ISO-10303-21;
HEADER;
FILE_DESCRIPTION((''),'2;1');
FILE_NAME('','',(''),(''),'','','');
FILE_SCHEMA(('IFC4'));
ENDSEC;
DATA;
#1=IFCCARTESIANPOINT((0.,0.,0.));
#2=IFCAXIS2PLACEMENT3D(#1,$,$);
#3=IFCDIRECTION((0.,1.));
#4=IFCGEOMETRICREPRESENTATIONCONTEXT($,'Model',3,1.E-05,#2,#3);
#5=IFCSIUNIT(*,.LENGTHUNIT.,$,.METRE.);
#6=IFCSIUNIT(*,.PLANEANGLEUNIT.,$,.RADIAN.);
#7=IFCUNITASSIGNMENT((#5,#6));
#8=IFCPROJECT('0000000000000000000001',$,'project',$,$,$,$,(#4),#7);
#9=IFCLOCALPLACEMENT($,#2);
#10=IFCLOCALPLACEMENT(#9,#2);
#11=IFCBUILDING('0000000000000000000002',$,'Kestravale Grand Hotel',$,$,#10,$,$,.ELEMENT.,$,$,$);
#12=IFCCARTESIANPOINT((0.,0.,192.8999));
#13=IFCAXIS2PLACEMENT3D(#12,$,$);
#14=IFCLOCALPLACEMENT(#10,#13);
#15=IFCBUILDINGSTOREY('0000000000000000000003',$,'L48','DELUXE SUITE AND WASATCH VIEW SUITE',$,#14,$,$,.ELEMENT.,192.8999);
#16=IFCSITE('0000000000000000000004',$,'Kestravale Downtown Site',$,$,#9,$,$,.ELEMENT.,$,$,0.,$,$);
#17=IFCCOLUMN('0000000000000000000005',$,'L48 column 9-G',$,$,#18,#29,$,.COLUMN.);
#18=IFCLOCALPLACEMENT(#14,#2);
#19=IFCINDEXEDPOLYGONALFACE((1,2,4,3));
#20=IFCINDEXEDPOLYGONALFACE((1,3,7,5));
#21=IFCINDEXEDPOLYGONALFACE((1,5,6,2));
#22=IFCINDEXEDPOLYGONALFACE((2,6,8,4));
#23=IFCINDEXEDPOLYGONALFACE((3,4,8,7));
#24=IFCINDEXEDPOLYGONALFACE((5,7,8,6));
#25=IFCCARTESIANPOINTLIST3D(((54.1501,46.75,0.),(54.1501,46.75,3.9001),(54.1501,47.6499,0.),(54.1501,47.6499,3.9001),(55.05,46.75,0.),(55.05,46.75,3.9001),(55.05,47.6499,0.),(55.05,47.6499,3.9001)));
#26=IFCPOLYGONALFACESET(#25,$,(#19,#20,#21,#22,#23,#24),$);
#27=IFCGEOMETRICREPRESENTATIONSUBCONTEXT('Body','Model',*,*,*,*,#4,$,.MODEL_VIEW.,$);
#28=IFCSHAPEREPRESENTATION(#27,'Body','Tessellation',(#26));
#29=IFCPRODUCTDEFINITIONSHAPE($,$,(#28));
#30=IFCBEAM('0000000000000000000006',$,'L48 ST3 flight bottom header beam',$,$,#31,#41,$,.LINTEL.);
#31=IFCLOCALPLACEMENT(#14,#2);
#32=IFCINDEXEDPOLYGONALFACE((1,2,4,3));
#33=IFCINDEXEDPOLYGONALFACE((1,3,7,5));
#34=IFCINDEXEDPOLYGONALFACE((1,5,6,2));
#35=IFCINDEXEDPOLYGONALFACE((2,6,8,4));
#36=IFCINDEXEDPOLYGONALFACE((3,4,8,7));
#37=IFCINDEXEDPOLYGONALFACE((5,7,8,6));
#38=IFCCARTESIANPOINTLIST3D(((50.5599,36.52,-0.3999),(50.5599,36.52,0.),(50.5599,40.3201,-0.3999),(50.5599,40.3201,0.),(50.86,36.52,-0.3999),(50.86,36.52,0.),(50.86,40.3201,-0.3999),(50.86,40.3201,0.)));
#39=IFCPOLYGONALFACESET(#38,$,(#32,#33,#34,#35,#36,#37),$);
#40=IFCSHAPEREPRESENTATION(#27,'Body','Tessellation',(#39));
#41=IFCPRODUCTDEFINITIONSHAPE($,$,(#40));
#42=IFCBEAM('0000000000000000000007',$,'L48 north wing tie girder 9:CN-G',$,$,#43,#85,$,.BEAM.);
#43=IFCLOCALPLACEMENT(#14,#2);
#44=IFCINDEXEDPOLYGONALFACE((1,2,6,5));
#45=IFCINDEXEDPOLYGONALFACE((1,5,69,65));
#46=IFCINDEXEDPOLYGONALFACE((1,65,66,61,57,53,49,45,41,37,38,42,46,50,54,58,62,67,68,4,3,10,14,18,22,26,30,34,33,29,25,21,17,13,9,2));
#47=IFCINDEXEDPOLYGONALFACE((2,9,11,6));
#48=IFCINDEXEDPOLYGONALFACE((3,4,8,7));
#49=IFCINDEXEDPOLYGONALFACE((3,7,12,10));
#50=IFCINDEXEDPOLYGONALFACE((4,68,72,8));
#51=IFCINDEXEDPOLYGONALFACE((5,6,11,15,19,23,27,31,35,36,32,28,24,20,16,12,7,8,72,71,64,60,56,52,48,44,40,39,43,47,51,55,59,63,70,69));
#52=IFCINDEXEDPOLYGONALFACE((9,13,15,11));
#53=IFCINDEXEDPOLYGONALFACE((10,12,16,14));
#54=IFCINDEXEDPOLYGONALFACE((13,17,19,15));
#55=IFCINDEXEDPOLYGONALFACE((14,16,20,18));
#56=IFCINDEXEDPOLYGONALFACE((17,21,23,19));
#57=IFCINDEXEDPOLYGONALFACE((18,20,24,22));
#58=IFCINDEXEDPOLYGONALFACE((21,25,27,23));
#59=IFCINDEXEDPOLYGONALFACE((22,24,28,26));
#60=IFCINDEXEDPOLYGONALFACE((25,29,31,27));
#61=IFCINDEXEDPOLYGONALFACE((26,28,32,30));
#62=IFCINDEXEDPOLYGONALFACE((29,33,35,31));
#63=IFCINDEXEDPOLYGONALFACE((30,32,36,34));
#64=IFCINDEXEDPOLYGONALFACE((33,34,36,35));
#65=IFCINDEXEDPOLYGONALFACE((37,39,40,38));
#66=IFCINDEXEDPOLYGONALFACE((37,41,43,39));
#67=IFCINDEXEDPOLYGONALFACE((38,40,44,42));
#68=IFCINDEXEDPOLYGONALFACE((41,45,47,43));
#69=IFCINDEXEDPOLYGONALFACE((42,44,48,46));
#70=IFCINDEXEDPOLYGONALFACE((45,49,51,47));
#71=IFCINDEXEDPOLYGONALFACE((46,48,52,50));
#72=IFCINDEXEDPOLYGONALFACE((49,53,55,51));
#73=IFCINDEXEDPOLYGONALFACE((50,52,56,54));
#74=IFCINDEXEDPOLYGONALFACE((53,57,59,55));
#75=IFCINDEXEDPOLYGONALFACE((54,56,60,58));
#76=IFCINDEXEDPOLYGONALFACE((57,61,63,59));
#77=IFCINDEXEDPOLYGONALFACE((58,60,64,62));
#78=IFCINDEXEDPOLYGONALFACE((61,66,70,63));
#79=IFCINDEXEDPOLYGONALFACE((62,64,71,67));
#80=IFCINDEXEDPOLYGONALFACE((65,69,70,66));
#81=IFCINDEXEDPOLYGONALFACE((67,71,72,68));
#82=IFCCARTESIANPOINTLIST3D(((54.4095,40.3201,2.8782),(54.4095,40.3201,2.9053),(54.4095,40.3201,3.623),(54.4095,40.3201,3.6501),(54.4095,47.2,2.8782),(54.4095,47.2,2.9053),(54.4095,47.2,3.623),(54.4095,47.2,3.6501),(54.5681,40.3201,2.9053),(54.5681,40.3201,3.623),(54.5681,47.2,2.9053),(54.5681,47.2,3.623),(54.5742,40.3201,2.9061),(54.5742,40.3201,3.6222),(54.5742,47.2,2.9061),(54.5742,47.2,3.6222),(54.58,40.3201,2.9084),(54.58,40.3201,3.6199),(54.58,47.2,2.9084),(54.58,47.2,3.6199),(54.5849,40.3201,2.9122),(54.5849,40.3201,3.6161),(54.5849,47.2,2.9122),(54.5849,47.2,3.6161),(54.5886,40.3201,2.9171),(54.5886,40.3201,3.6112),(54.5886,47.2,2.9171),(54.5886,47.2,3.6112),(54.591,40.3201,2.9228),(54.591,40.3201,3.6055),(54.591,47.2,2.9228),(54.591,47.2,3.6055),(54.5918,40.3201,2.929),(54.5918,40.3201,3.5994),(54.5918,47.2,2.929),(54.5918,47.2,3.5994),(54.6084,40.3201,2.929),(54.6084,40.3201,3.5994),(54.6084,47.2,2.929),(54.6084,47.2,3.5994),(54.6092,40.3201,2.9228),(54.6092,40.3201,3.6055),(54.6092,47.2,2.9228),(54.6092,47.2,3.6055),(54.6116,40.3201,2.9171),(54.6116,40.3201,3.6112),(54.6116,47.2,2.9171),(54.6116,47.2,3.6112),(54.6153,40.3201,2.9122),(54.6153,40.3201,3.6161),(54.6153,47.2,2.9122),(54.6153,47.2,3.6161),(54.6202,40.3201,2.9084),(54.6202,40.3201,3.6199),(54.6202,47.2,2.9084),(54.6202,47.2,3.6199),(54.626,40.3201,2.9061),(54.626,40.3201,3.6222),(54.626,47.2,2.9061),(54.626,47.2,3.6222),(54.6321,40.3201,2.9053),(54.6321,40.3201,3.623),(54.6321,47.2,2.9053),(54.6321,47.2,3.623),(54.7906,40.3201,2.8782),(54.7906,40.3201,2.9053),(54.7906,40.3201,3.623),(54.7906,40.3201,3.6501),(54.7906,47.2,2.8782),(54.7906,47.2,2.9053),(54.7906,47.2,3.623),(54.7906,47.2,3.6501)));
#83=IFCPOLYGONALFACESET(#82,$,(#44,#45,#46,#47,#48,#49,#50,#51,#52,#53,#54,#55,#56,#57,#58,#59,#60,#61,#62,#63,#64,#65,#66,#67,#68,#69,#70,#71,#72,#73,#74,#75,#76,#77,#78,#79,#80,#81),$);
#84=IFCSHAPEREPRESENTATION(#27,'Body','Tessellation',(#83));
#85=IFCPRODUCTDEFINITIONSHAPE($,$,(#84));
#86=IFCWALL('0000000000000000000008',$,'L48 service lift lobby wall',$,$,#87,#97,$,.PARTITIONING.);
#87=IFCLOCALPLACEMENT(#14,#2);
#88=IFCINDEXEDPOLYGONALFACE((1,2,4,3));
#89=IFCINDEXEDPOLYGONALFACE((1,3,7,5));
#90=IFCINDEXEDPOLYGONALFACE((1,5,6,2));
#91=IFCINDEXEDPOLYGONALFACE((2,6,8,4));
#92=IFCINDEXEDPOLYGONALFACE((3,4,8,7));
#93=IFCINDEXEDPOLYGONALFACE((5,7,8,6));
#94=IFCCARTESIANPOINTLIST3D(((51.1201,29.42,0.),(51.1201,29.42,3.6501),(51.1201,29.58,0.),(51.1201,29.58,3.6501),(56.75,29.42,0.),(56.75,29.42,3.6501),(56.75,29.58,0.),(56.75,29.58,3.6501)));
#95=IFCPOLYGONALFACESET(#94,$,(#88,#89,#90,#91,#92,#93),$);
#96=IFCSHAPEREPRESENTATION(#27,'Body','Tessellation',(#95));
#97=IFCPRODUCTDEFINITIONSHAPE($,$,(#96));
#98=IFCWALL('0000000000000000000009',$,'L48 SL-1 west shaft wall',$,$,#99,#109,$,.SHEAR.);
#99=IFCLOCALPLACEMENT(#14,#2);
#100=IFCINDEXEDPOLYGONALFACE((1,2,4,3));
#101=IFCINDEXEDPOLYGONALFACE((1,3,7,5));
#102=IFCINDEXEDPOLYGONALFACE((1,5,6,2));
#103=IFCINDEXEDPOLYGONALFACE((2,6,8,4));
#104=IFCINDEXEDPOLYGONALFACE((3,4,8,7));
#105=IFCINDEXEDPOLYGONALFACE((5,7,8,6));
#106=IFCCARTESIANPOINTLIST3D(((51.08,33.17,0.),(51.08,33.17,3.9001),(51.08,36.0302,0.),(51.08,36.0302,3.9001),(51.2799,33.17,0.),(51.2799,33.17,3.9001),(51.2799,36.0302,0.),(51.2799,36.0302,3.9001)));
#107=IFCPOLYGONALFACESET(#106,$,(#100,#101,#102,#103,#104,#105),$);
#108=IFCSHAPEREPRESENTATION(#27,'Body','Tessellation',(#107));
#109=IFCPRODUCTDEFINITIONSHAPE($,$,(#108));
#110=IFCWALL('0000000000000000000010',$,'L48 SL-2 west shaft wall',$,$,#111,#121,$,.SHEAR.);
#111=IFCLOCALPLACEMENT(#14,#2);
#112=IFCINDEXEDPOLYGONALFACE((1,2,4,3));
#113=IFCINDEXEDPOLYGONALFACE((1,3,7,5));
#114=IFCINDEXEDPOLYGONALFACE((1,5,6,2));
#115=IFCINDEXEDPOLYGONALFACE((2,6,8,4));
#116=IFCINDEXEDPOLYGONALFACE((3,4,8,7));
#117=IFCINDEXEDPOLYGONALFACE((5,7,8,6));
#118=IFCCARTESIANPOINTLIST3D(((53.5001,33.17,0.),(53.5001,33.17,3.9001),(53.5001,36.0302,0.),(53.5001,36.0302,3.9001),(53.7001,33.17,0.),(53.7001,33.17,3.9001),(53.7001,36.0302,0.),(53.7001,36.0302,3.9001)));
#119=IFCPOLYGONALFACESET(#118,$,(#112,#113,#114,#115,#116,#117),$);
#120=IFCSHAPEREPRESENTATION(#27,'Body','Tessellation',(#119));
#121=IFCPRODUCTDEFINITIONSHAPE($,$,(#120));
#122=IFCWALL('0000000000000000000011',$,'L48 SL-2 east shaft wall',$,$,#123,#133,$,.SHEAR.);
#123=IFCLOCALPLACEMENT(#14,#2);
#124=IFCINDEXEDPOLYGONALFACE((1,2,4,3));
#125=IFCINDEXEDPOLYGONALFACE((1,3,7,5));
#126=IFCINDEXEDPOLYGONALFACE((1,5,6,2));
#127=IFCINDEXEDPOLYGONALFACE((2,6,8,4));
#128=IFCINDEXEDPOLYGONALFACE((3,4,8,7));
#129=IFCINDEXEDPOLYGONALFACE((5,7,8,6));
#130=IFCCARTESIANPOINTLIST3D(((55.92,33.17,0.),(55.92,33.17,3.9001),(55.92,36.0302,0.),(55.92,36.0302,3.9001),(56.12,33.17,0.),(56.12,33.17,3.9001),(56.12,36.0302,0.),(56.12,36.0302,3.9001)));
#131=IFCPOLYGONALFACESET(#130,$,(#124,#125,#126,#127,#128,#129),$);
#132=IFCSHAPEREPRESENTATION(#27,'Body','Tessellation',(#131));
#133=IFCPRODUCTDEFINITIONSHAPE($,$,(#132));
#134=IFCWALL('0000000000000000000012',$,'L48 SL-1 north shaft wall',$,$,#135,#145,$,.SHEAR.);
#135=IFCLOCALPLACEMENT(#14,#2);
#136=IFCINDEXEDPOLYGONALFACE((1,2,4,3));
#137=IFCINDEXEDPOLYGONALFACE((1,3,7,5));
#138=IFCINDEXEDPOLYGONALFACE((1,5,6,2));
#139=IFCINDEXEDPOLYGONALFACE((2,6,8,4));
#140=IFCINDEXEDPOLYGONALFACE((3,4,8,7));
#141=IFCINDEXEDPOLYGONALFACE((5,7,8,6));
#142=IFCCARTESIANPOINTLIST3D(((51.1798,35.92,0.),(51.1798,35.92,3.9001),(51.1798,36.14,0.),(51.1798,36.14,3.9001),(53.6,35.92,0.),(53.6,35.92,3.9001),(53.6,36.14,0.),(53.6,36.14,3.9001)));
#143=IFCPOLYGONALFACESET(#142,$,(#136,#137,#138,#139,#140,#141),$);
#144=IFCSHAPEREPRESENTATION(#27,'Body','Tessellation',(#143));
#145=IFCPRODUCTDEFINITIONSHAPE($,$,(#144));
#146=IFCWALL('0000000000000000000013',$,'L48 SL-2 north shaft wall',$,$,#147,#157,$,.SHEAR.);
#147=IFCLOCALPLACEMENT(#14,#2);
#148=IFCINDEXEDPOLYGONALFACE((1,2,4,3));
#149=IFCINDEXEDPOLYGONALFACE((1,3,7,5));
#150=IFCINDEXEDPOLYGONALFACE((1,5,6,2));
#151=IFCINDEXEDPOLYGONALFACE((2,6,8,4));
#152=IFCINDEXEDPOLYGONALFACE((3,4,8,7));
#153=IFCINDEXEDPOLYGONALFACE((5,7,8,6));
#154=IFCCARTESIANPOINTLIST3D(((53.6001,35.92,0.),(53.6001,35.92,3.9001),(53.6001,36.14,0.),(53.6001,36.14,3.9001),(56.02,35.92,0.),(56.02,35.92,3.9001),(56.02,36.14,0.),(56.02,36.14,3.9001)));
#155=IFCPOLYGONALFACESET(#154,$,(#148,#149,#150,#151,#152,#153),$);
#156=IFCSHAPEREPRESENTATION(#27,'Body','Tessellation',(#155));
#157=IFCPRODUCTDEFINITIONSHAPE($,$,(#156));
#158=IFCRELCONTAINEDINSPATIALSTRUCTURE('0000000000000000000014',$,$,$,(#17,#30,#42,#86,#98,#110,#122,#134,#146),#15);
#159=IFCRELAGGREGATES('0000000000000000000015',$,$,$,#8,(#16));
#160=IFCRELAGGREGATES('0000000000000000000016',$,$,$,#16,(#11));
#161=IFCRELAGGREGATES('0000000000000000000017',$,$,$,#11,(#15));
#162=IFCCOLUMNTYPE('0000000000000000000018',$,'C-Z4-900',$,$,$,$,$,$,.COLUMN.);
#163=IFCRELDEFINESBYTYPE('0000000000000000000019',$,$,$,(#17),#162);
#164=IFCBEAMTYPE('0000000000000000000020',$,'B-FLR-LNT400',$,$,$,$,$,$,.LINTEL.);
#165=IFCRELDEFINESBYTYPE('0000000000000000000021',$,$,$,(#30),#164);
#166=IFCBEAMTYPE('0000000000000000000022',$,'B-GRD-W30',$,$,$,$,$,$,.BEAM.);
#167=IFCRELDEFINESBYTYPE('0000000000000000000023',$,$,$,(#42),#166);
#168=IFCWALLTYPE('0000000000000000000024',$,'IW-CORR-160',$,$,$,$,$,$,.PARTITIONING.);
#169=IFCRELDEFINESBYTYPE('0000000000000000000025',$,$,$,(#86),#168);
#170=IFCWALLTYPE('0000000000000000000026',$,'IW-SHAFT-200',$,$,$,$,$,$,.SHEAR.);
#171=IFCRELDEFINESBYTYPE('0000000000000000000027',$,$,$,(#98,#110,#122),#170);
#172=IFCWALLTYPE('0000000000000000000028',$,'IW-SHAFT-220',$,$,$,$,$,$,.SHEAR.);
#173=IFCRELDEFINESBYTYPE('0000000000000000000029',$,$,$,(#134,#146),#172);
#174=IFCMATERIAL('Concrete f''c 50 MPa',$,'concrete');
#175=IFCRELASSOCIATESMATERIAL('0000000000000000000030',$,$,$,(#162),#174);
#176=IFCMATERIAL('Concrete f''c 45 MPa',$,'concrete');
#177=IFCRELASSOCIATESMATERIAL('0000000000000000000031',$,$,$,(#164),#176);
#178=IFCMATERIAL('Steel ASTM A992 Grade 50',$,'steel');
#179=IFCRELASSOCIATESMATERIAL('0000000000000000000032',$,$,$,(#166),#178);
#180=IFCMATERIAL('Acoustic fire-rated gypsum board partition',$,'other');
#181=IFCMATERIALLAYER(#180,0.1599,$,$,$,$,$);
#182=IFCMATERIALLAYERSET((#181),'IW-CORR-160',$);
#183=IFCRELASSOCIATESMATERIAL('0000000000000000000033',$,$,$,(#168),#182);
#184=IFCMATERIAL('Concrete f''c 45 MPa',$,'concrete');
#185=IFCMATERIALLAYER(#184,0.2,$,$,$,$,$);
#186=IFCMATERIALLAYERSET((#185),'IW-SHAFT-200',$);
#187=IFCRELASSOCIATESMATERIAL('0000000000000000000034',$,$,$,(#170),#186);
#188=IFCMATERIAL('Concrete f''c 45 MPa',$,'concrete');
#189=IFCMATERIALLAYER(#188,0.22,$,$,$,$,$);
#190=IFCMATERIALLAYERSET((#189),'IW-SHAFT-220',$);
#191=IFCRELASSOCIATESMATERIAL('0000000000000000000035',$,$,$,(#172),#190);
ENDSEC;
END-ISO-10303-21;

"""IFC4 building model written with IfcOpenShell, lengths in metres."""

from ifc_helpers import new_model, si_unit, direction, frame, frame_2d, origin, origin_2d, place, context, subcontext, project, spatial, rectangle, i_section, extrude, material, layer, layer_set, material_profile, profile_set, type_object, element, save


model = new_model("IFC4")

# Units and contexts
model_context = context("Model", 3, precision=1e-05, world=origin(), true_north=direction((0.0, 1.0)))
body_context = subcontext(model_context, "Body", "Model", "MODEL_VIEW")
ifc_project = project(units=[si_unit("LENGTHUNIT", "METRE"), si_unit("PLANEANGLEUNIT", "RADIAN")], contexts=[model_context])

# Site, building, storey
site_placement = place(None, origin())
site = spatial("IfcSite", under=ifc_project, at=site_placement, Name="Kestravale Downtown Site", CompositionType="ELEMENT", RefElevation=0.0)
building_placement = place(site_placement, origin())
building = spatial("IfcBuilding", under=site, at=building_placement, Name="Kestravale Grand Hotel", CompositionType="ELEMENT")
storey_placement = place(building_placement, frame((0.0, 0.0, 192.8999)))
storey = spatial("IfcBuildingStorey", under=building, at=storey_placement, Name="L48", Description="DELUXE SUITE AND WASATCH VIEW SUITE", CompositionType="ELEMENT", Elevation=192.8999)

# Column
ifc_material_1 = material(Name="Concrete f'c 50 MPa", Category="concrete")
ifc_material_profile_1 = material_profile(ifc_material_1, rectangle(XDim=0.8999, YDim=0.8999, at=origin_2d()))
ifc_profile_set_1 = profile_set([ifc_material_profile_1], Name="Concrete f'c 50 MPa")
column_type = type_object("IfcColumnType", Name="C-Z4-900", PredefinedType="COLUMN", material=ifc_profile_set_1)
column_placement = place(storey_placement, frame((54.6001, 47.2, 0.0), z_axis=(0.0, 0.0, 1.0), x_axis=(1.0, 0.0, 0.0)))
element("IfcColumn", 1, at=column_placement, inside=storey, type_object=column_type, Name="L48 column 9-G", PredefinedType="COLUMN", context=body_context, shape_type="SweptSolid", body=[
    extrude(rectangle(XDim=0.8999, YDim=0.8999, at=origin_2d()), origin(), (0.0, 0.0, 1.0), 3.9001),
])

# Beams
ifc_material_2 = material(Name="Concrete f'c 45 MPa", Category="concrete")
ifc_material_profile_2 = material_profile(ifc_material_2, rectangle(XDim=0.3, YDim=0.3999, at=origin_2d()))
ifc_profile_set_2 = profile_set([ifc_material_profile_2], Name="Concrete f'c 45 MPa")
beam_type_1 = type_object("IfcBeamType", Name="B-FLR-LNT400", PredefinedType="LINTEL", material=ifc_profile_set_2)
beam_1_placement = place(storey_placement, frame((50.71, 36.52, -0.2), z_axis=(0.0, 1.0, 0.0), x_axis=(-1.0, 0.0, 0.0)))
element("IfcBeam", 2, at=beam_1_placement, inside=storey, type_object=beam_type_1, Name="L48 ST3 flight bottom header beam", PredefinedType="LINTEL", context=body_context, shape_type="SweptSolid", body=[
    extrude(rectangle(XDim=0.3, YDim=0.3999, at=origin_2d()), origin(), (0.0, 0.0, 1.0), 3.8),
])
ifc_material_3 = material(Name="Steel ASTM A992 Grade 50", Category="steel")
ifc_material_profile_3 = material_profile(ifc_material_3, i_section(OverallWidth=0.3811, OverallDepth=0.772, WebThickness=0.0166, FlangeThickness=0.0271, FilletRadius=0.0237, at=origin_2d()))
ifc_profile_set_3 = profile_set([ifc_material_profile_3], Name="Steel ASTM A992 Grade 50")
beam_type_2 = type_object("IfcBeamType", Name="B-GRD-W30", PredefinedType="BEAM", material=ifc_profile_set_3)
beam_2_placement = place(storey_placement, frame((54.6001, 40.3201, 3.2642), z_axis=(0.0, 1.0, 0.0), x_axis=(-1.0, 0.0, 0.0)))
element("IfcBeam", 3, at=beam_2_placement, inside=storey, type_object=beam_type_2, Name="L48 north wing tie girder 9:CN-G", PredefinedType="BEAM", context=body_context, shape_type="SweptSolid", body=[
    extrude(i_section(OverallWidth=0.3811, OverallDepth=0.772, WebThickness=0.0166, FlangeThickness=0.0271, FilletRadius=0.0237, at=origin_2d()), origin(), (0.0, 0.0, 1.0), 6.8799),
])

# Shared definitions
ifc_material_4 = material(Name="Acoustic fire-rated gypsum board partition", Category="other")
ifc_layer_1 = layer(ifc_material_4, 0.1599)
ifc_layer_set_1 = layer_set([ifc_layer_1], Name="IW-CORR-160")
wall_type_1 = type_object("IfcWallType", Name="IW-CORR-160", PredefinedType="PARTITIONING", material=ifc_layer_set_1)

# Walls
wall_1_placement = place(storey_placement, frame((51.1201, 29.5, 0.0), z_axis=(0.0, 0.0, 1.0), x_axis=(1.0, 0.0, 0.0)))
element("IfcWall", 4, at=wall_1_placement, inside=storey, type_object=wall_type_1, Name="L48 service lift lobby wall", PredefinedType="PARTITIONING", context=body_context, shape_type="SweptSolid", body=[
    extrude(rectangle(XDim=5.6299, YDim=0.1599, at=frame_2d((2.8149, 0.0))), origin(), (0.0, 0.0, 1.0), 3.6501),
])
ifc_material_5 = material(Name="Concrete f'c 45 MPa", Category="concrete")
ifc_layer_2 = layer(ifc_material_5, 0.2)
ifc_layer_set_2 = layer_set([ifc_layer_2], Name="IW-SHAFT-200")
wall_type_2 = type_object("IfcWallType", Name="IW-SHAFT-200", PredefinedType="SHEAR", material=ifc_layer_set_2)
for number, where, z_axis, x_axis, name in (
    (5, (51.1799, 33.1699, 0.0), (0.0, 0.0, 1.0), (0.0, 1.0, 0.0), "L48 SL-1 west shaft wall"),
    (6, (53.6001, 33.1699, 0.0), (0.0, 0.0, 1.0), (0.0, 1.0, 0.0), "L48 SL-2 west shaft wall"),
    (7, (56.02, 33.1699, 0.0), (0.0, 0.0, 1.0), (0.0, 1.0, 0.0), "L48 SL-2 east shaft wall"),
):
    element("IfcWall", number, at=place(storey_placement, frame(where, z_axis=z_axis, x_axis=x_axis)), inside=storey, type_object=wall_type_2, Name=name, PredefinedType="SHEAR", context=body_context, shape_type="SweptSolid", body=[
        extrude(rectangle(XDim=2.8601, YDim=0.2, at=frame_2d((1.4302, 0.0))), origin(), (0.0, 0.0, 1.0), 3.9001),
    ])
ifc_material_6 = material(Name="Concrete f'c 45 MPa", Category="concrete")
ifc_layer_3 = layer(ifc_material_6, 0.22)
ifc_layer_set_3 = layer_set([ifc_layer_3], Name="IW-SHAFT-220")
wall_type_3 = type_object("IfcWallType", Name="IW-SHAFT-220", PredefinedType="SHEAR", material=ifc_layer_set_3)
wall_2_placement = place(storey_placement, frame((51.1799, 36.03, 0.0), z_axis=(0.0, 0.0, 1.0), x_axis=(1.0, 0.0, 0.0)))
element("IfcWall", 8, at=wall_2_placement, inside=storey, type_object=wall_type_3, Name="L48 SL-1 north shaft wall", PredefinedType="SHEAR", context=body_context, shape_type="SweptSolid", body=[
    extrude(rectangle(XDim=2.4202, YDim=0.22, at=frame_2d((1.21, 0.0))), origin(), (0.0, 0.0, 1.0), 3.9001),
])

# Wall
wall_3_placement = place(storey_placement, frame((53.6001, 36.03, 0.0), z_axis=(0.0, 0.0, 1.0), x_axis=(1.0, 0.0, 0.0)))
element("IfcWall", 9, at=wall_3_placement, inside=storey, type_object=wall_type_3, Name="L48 SL-2 north shaft wall", PredefinedType="SHEAR", context=body_context, shape_type="SweptSolid", body=[
    extrude(rectangle(XDim=2.4199, YDim=0.22, at=frame_2d((1.21, 0.0))), origin(), (0.0, 0.0, 1.0), 3.9001),
])

save(model, "model.ifc")
